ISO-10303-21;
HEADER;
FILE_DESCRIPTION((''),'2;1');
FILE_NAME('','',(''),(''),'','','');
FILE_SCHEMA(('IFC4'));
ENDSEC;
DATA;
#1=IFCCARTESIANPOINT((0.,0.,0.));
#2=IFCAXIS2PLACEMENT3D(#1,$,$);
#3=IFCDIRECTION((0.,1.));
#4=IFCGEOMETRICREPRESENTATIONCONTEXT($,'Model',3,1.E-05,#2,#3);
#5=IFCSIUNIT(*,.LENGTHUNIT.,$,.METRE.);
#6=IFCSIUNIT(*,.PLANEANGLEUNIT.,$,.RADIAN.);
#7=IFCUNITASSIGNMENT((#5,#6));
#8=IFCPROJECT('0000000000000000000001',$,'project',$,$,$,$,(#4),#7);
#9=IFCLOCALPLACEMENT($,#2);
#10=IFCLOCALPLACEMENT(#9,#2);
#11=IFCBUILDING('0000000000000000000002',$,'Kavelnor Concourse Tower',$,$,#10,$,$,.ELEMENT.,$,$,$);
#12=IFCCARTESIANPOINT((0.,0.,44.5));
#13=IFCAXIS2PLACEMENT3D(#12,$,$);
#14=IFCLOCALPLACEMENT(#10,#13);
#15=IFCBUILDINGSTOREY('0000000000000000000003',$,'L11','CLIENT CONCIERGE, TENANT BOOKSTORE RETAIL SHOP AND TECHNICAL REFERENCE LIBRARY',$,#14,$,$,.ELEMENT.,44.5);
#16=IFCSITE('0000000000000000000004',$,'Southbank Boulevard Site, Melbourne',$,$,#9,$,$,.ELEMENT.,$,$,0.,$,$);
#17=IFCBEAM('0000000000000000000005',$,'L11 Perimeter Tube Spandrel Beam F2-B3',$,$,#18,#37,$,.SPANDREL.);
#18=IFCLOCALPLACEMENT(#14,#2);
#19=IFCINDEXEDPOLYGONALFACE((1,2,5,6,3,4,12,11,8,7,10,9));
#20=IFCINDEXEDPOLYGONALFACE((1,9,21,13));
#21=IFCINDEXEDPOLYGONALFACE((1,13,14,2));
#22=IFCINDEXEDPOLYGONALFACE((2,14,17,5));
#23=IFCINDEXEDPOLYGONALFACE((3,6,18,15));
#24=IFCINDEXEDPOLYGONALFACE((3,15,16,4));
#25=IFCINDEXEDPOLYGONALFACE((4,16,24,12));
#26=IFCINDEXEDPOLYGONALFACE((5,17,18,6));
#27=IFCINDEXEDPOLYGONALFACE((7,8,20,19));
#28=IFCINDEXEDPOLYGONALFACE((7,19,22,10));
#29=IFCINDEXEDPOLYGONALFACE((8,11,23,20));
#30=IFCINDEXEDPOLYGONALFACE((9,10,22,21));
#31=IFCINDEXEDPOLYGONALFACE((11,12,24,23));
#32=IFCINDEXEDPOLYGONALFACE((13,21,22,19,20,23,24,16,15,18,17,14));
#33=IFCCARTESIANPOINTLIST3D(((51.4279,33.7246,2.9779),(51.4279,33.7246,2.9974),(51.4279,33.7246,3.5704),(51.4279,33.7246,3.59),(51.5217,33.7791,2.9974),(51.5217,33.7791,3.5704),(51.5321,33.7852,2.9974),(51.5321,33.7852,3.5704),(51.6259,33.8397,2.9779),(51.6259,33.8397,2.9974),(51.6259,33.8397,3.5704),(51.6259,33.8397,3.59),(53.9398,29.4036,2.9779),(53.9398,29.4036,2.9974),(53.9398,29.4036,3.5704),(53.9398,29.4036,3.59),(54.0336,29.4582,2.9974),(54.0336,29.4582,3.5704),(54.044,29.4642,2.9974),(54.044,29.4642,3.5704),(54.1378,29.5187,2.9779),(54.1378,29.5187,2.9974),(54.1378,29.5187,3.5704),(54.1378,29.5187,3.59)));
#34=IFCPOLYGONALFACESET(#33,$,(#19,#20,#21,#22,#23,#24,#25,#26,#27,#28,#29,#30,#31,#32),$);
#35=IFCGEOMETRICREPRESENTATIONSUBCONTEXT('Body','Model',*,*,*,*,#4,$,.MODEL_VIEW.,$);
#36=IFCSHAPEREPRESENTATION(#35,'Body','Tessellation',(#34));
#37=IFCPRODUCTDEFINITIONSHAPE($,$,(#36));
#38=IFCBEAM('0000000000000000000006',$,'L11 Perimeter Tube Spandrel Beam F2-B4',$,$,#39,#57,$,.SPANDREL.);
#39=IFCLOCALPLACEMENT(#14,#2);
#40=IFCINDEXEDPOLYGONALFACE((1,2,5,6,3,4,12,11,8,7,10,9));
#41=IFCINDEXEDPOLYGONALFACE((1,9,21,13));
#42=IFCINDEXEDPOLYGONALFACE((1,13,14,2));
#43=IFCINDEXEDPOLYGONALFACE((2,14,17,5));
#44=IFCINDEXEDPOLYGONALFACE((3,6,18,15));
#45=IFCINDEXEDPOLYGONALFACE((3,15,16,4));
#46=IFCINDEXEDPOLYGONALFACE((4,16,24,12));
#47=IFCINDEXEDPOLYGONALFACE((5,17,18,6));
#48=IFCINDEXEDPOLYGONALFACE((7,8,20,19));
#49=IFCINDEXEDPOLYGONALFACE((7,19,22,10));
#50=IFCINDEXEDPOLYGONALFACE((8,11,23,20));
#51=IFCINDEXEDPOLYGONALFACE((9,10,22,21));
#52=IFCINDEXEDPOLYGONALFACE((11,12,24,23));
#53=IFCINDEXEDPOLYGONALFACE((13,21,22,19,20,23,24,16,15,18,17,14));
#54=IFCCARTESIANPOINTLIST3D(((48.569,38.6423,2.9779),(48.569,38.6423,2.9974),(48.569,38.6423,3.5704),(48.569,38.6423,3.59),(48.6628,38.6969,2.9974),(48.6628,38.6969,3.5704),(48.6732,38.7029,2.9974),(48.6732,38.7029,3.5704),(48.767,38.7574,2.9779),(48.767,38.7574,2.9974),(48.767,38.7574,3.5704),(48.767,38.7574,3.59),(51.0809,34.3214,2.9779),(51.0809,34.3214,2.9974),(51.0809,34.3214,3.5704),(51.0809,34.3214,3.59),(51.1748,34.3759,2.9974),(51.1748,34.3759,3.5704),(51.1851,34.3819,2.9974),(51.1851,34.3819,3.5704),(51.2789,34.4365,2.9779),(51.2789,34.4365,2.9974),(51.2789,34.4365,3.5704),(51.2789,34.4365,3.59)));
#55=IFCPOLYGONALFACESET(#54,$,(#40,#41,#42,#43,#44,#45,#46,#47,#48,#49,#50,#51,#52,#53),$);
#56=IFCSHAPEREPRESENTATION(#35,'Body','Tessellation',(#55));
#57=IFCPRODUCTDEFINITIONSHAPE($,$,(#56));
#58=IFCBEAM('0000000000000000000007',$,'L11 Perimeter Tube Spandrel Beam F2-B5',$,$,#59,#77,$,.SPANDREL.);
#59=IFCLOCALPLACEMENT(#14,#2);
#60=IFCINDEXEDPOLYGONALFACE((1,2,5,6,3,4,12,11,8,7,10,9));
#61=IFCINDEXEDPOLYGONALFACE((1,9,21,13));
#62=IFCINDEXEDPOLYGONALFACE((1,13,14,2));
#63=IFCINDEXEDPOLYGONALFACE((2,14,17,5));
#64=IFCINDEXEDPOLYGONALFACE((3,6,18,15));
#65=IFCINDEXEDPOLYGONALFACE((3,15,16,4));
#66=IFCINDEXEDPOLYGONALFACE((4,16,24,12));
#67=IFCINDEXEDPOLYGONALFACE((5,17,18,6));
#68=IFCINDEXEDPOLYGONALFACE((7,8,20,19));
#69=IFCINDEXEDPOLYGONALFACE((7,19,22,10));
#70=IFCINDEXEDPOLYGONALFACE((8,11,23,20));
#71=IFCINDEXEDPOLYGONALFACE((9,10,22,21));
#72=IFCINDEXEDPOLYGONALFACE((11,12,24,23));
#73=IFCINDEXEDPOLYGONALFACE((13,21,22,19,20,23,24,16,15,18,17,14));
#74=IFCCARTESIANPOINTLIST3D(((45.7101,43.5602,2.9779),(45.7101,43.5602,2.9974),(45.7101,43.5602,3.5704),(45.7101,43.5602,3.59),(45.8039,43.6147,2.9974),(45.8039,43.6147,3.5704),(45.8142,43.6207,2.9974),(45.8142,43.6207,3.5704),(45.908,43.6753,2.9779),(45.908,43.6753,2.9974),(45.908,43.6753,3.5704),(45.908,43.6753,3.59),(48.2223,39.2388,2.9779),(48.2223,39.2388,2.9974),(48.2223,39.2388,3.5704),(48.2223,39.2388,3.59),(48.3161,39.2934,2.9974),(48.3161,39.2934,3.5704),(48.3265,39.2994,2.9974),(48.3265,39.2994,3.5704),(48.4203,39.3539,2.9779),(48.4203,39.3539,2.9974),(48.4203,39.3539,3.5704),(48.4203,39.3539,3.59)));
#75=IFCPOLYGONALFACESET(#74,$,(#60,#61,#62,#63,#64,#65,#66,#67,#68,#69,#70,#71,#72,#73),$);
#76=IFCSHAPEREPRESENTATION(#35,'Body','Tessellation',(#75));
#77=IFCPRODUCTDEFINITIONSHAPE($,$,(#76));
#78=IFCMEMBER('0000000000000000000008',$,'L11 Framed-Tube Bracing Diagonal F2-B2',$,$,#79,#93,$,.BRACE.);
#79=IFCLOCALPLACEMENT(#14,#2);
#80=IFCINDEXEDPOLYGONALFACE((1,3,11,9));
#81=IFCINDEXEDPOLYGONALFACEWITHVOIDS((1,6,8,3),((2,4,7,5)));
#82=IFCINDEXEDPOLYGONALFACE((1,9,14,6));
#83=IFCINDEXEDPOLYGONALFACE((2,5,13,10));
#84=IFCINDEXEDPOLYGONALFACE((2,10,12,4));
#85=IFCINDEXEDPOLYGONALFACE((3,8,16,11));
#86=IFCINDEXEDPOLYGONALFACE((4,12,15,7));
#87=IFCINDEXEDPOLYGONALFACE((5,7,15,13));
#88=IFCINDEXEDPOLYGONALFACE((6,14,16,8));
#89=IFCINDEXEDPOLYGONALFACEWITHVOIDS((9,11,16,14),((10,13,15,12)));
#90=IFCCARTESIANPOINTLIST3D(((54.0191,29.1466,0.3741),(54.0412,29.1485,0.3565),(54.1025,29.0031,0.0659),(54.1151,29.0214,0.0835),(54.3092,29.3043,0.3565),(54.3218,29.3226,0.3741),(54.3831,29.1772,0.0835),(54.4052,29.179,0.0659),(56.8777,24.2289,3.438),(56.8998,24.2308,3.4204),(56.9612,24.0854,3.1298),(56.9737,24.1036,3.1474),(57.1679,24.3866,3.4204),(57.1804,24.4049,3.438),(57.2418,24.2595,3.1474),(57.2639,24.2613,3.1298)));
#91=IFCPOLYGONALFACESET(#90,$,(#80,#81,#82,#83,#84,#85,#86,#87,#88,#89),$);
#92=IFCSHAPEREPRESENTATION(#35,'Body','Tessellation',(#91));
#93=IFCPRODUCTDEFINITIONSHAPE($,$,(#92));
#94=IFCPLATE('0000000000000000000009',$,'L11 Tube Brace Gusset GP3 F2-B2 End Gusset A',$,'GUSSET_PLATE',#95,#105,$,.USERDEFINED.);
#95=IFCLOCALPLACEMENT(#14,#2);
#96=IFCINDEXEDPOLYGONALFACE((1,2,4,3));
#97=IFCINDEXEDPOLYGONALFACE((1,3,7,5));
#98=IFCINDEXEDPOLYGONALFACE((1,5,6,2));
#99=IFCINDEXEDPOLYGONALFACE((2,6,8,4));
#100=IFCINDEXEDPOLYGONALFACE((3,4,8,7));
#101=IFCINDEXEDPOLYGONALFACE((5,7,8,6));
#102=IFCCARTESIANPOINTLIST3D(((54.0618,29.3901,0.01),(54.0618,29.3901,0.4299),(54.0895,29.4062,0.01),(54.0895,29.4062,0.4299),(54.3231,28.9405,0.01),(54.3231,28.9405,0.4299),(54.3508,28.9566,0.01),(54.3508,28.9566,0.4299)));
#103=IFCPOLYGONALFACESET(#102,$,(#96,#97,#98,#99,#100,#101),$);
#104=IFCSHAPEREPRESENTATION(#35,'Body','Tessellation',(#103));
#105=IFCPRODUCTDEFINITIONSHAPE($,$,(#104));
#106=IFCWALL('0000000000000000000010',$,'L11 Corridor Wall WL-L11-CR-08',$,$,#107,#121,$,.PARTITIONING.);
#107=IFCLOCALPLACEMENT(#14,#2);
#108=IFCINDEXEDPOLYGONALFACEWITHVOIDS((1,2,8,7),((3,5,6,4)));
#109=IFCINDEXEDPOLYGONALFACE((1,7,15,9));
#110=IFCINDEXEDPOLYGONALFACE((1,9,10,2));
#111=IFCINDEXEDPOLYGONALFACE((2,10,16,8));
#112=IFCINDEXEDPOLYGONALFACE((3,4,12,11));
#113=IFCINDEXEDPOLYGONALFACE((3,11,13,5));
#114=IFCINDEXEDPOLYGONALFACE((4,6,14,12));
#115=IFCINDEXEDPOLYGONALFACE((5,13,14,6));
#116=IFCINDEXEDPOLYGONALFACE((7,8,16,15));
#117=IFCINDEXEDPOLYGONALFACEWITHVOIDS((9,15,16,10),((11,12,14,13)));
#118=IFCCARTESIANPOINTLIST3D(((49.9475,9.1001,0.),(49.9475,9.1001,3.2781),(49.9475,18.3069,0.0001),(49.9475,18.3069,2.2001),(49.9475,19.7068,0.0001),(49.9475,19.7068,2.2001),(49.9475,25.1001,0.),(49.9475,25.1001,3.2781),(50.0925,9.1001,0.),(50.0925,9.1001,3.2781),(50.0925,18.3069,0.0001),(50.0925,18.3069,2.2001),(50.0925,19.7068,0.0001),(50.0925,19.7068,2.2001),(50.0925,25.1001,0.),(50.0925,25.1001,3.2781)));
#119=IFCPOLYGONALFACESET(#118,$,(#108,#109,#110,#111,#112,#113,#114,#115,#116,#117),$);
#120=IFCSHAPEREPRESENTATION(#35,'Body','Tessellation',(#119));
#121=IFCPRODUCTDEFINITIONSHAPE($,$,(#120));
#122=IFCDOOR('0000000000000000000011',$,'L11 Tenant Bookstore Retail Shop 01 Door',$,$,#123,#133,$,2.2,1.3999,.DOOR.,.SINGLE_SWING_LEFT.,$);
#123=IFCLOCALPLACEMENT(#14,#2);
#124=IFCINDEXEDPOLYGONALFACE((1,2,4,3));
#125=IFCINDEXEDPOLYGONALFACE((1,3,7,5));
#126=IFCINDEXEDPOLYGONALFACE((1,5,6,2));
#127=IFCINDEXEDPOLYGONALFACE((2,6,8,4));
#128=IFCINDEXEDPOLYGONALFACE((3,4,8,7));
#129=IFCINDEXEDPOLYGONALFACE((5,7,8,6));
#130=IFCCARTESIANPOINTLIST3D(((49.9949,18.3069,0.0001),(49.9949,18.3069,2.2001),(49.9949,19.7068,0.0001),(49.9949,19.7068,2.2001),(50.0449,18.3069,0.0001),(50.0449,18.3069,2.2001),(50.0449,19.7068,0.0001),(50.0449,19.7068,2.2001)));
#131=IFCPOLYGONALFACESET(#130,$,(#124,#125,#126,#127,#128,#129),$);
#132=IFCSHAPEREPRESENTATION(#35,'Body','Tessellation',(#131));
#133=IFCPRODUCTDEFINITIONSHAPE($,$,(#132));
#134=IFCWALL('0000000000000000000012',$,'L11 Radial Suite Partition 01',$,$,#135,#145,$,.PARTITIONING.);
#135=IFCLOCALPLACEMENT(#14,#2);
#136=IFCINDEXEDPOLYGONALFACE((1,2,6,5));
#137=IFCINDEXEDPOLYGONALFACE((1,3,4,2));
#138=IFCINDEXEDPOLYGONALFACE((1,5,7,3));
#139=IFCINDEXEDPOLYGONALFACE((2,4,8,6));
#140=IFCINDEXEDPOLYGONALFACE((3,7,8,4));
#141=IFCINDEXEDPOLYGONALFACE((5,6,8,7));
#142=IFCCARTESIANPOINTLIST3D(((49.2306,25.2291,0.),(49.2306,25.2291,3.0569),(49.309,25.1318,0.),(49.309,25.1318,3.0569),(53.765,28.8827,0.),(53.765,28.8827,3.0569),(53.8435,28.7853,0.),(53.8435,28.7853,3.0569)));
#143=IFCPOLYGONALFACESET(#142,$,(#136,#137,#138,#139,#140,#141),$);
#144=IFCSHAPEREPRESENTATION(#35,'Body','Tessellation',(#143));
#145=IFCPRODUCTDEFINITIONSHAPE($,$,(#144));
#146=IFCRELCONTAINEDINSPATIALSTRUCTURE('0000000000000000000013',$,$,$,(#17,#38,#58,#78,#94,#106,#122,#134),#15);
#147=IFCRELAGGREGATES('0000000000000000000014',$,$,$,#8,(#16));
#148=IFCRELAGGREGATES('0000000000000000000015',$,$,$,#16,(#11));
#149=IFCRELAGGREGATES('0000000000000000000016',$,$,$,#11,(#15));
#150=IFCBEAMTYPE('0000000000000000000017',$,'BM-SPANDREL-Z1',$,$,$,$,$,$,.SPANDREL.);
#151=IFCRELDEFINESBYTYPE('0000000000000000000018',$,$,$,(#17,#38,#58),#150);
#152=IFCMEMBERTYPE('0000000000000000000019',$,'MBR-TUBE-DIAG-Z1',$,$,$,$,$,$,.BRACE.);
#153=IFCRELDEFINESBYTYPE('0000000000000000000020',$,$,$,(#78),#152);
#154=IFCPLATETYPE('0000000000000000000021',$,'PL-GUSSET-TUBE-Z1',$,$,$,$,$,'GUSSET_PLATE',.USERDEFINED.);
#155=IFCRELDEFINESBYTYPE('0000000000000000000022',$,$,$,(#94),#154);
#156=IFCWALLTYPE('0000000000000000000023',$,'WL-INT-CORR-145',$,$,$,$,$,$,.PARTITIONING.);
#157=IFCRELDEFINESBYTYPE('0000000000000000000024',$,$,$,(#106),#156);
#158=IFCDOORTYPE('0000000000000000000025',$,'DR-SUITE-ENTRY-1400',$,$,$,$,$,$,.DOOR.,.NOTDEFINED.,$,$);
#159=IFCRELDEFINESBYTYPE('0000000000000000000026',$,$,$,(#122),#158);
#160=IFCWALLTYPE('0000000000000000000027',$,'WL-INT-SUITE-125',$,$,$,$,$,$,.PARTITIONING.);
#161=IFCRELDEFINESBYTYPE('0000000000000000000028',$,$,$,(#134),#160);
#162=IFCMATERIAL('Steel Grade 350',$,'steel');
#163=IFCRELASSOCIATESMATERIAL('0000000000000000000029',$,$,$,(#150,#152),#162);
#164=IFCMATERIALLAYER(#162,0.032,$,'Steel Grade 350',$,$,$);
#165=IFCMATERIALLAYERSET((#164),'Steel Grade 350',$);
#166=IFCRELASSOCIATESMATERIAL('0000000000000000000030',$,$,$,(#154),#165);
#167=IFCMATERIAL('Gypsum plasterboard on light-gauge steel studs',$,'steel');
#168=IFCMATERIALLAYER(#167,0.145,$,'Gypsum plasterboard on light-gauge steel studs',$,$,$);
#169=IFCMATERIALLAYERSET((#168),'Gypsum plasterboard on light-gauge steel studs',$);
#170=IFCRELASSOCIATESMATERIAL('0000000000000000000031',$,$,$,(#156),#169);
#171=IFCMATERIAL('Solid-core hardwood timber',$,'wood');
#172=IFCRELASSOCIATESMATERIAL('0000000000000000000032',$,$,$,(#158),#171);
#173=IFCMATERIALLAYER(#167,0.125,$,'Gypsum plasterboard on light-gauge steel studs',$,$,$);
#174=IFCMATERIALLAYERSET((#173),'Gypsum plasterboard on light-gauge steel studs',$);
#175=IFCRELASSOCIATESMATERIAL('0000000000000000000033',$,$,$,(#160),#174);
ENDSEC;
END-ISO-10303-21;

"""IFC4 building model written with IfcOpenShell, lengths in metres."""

from ifc_helpers import new_model, si_unit, direction, frame, frame_2d, origin, origin_2d, place, context, subcontext, project, spatial, rectangle, hollow_rectangle, i_section, extrude, material, layer, layer_set, material_profile, profile_set, type_object, element, fill, save


model = new_model("IFC4")

# Units and contexts
model_context = context("Model", 3, precision=1e-05, world=origin(), true_north=direction((0.0, 1.0)))
body_context = subcontext(model_context, "Body", "Model", "MODEL_VIEW")
ifc_project = project(units=[si_unit("LENGTHUNIT", "METRE"), si_unit("PLANEANGLEUNIT", "RADIAN")], contexts=[model_context])

# Site, building, storey
site_placement = place(None, origin())
site = spatial("IfcSite", under=ifc_project, at=site_placement, Name="Southbank Boulevard Site, Melbourne", CompositionType="ELEMENT", RefElevation=0.0)
building_placement = place(site_placement, origin())
building = spatial("IfcBuilding", under=site, at=building_placement, Name="Kavelnor Concourse Tower", CompositionType="ELEMENT")
storey_placement = place(building_placement, frame((0.0, 0.0, 44.5)))
storey = spatial("IfcBuildingStorey", under=building, at=storey_placement, Name="L11", Description="CLIENT CONCIERGE, TENANT BOOKSTORE RETAIL SHOP AND TECHNICAL REFERENCE LIBRARY", CompositionType="ELEMENT", Elevation=44.5)

# Shared definitions
ifc_material_1 = material(Name="Steel Grade 350", Category="steel")

# Beams
ifc_material_profile_1 = material_profile(ifc_material_1, i_section(OverallWidth=0.229, OverallDepth=0.6121, WebThickness=0.012, FlangeThickness=0.0195, at=origin_2d()), Name="610UB125")
ifc_profile_set_1 = profile_set([ifc_material_profile_1], Name="Steel Grade 350")
beam_type_1 = type_object("IfcBeamType", Name="BM-SPANDREL-Z1", PredefinedType="SPANDREL", material=ifc_profile_set_1)
for number, where, z_axis, x_axis, name in (
    (1, (54.0388, 29.4612, 3.2839), (-0.50258, 0.864531, 0.0), (-0.864531, -0.50258, 0.0), "L11 Perimeter Tube Spandrel Beam F2-B3"),
    (2, (51.1799, 34.3789, 3.2839), (-0.50258, 0.864531, 0.0), (-0.864531, -0.50258, 0.0), "L11 Perimeter Tube Spandrel Beam F2-B4"),
):
    element("IfcBeam", number, at=place(storey_placement, frame(where, z_axis=z_axis, x_axis=x_axis)), inside=storey, type_object=beam_type_1, Name=name, PredefinedType="SPANDREL", context=body_context, shape_type="SweptSolid", body=[
        extrude(i_section(OverallWidth=0.229, OverallDepth=0.6121, WebThickness=0.012, FlangeThickness=0.0195, at=origin_2d()), origin(), (0.0, 0.0, 1.0), 4.998),
    ])
beam_1_placement = place(storey_placement, frame((48.3213, 39.2964, 3.2839), z_axis=(-0.502595, 0.864522, 0.0), x_axis=(-0.864522, -0.502595, 0.0)))
element("IfcBeam", 3, at=beam_1_placement, inside=storey, type_object=beam_type_1, Name="L11 Perimeter Tube Spandrel Beam F2-B5", PredefinedType="SPANDREL", context=body_context, shape_type="SweptSolid", body=[
    extrude(i_section(OverallWidth=0.229, OverallDepth=0.6121, WebThickness=0.012, FlangeThickness=0.0195, at=origin_2d()), origin(), (0.0, 0.0, 1.0), 4.9985),
])

# Member
ifc_material_profile_2 = material_profile(ifc_material_1, hollow_rectangle(XDim=0.3501, YDim=0.3501, WallThickness=0.02, at=origin_2d()), Name="SHS 350x350x20")
ifc_profile_set_2 = profile_set([ifc_material_profile_2], Name="Steel Grade 350")
member_type = type_object("IfcMemberType", Name="MBR-TUBE-DIAG-Z1", PredefinedType="BRACE", material=ifc_profile_set_2)
member_placement = place(storey_placement, frame((54.2122, 29.1628, 0.22), z_axis=(0.44245, -0.761147, 0.474229), x_axis=(0.864545, 0.502555, 0.0)))
element("IfcMember", 4, at=member_placement, inside=storey, type_object=member_type, Name="L11 Framed-Tube Bracing Diagonal F2-B2", PredefinedType="BRACE", context=body_context, shape_type="SweptSolid", body=[
    extrude(hollow_rectangle(XDim=0.3501, YDim=0.3501, WallThickness=0.02, at=origin_2d()), origin(), (0.0, 0.0, 1.0), 6.4609),
])

# Plate
ifc_layer_1 = layer(ifc_material_1, 0.032, Name="Steel Grade 350")
ifc_layer_set_1 = layer_set([ifc_layer_1], Name="Steel Grade 350")
plate_type = type_object("IfcPlateType", Name="PL-GUSSET-TUBE-Z1", ElementType="GUSSET_PLATE", PredefinedType="USERDEFINED", material=ifc_layer_set_1)
plate_placement = place(storey_placement, frame((54.2063, 29.1733, 0.01), z_axis=(0.0, 0.0, 1.0), x_axis=(0.502567, -0.864538, 0.0)))
element("IfcPlate", 5, at=plate_placement, inside=storey, type_object=plate_type, Name="L11 Tube Brace Gusset GP3 F2-B2 End Gusset A", ObjectType="GUSSET_PLATE", PredefinedType="USERDEFINED", context=body_context, shape_type="SweptSolid", body=[
    extrude(rectangle(XDim=0.52, YDim=0.032, at=origin_2d()), origin(), (0.0, 0.0, 1.0), 0.4199),
])

# Wall, opening, door
ifc_material_2 = material(Name="Gypsum plasterboard on light-gauge steel studs", Category="steel")
ifc_layer_2 = layer(ifc_material_2, 0.145, Name="Gypsum plasterboard on light-gauge steel studs")
ifc_layer_set_2 = layer_set([ifc_layer_2], Name="Gypsum plasterboard on light-gauge steel studs")
wall_type_1 = type_object("IfcWallType", Name="WL-INT-CORR-145", PredefinedType="PARTITIONING", material=ifc_layer_set_2)
wall_1_placement = place(storey_placement, frame((50.02, 25.1001, 0.0), z_axis=(0.0, 0.0, 1.0), x_axis=(0.0, -1.0, 0.0)))
wall_1 = element("IfcWall", 6, at=wall_1_placement, inside=storey, type_object=wall_type_1, Name="L11 Corridor Wall WL-L11-CR-08", PredefinedType="PARTITIONING", context=body_context, shape_type="SweptSolid", body=[
    extrude(rectangle(XDim=16.0, YDim=0.145, at=frame_2d((8.0, 0.0))), origin(), (0.0, 0.0, 1.0), 3.2781),
])
opening_placement = place(wall_1_placement, frame((5.3933, 0.0, 0.0)))
opening = element("IfcOpeningElement", 7, at=opening_placement, cuts=wall_1, PredefinedType="OPENING", context=body_context, shape_type="SweptSolid", body=[
    extrude(rectangle(XDim=1.3999, YDim=2.2, at=frame_2d((0.7, 1.1001))), frame((0.0, 0.0825, 0.0), z_axis=(0.0, -1.0, 0.0), x_axis=(1.0, 0.0, 0.0)), (0.0, 0.0, 1.0), 0.165),
])
ifc_material_3 = material(Name="Solid-core hardwood timber", Category="wood")
door_type = type_object("IfcDoorType", Name="DR-SUITE-ENTRY-1400", OperationType="NOTDEFINED", PredefinedType="DOOR", material=ifc_material_3)
door_placement = place(opening_placement, origin())
door = element("IfcDoor", 8, at=door_placement, inside=storey, type_object=door_type, Name="L11 Tenant Bookstore Retail Shop 01 Door", OperationType="SINGLE_SWING_LEFT", OverallHeight=2.2, OverallWidth=1.3999, PredefinedType="DOOR", context=body_context, shape_type="SweptSolid", body=[
    extrude(rectangle(XDim=1.3999, YDim=2.2, at=frame_2d((0.7, 1.1001))), frame((0.0, 0.0249, 0.0), z_axis=(0.0, -1.0, 0.0), x_axis=(1.0, 0.0, 0.0)), (0.0, 0.0, 1.0), 0.05),
])
fill(opening, door)

# Wall
ifc_layer_3 = layer(ifc_material_2, 0.125, Name="Gypsum plasterboard on light-gauge steel studs")
ifc_layer_set_3 = layer_set([ifc_layer_3], Name="Gypsum plasterboard on light-gauge steel studs")
wall_type_2 = type_object("IfcWallType", Name="WL-INT-SUITE-125", PredefinedType="PARTITIONING", material=ifc_layer_set_3)
wall_2_placement = place(storey_placement, frame((49.2698, 25.1804, 0.0), z_axis=(0.0, 0.0, 1.0), x_axis=(0.778684, 0.627416, 0.0)))
element("IfcWall", 9, at=wall_2_placement, inside=storey, type_object=wall_type_2, Name="L11 Radial Suite Partition 01", PredefinedType="PARTITIONING", context=body_context, shape_type="SweptSolid", body=[
    extrude(rectangle(XDim=5.8232, YDim=0.125, at=frame_2d((2.9116, 0.0))), origin(), (0.0, 0.0, 1.0), 3.0569),
])

save(model, "model.ifc")
